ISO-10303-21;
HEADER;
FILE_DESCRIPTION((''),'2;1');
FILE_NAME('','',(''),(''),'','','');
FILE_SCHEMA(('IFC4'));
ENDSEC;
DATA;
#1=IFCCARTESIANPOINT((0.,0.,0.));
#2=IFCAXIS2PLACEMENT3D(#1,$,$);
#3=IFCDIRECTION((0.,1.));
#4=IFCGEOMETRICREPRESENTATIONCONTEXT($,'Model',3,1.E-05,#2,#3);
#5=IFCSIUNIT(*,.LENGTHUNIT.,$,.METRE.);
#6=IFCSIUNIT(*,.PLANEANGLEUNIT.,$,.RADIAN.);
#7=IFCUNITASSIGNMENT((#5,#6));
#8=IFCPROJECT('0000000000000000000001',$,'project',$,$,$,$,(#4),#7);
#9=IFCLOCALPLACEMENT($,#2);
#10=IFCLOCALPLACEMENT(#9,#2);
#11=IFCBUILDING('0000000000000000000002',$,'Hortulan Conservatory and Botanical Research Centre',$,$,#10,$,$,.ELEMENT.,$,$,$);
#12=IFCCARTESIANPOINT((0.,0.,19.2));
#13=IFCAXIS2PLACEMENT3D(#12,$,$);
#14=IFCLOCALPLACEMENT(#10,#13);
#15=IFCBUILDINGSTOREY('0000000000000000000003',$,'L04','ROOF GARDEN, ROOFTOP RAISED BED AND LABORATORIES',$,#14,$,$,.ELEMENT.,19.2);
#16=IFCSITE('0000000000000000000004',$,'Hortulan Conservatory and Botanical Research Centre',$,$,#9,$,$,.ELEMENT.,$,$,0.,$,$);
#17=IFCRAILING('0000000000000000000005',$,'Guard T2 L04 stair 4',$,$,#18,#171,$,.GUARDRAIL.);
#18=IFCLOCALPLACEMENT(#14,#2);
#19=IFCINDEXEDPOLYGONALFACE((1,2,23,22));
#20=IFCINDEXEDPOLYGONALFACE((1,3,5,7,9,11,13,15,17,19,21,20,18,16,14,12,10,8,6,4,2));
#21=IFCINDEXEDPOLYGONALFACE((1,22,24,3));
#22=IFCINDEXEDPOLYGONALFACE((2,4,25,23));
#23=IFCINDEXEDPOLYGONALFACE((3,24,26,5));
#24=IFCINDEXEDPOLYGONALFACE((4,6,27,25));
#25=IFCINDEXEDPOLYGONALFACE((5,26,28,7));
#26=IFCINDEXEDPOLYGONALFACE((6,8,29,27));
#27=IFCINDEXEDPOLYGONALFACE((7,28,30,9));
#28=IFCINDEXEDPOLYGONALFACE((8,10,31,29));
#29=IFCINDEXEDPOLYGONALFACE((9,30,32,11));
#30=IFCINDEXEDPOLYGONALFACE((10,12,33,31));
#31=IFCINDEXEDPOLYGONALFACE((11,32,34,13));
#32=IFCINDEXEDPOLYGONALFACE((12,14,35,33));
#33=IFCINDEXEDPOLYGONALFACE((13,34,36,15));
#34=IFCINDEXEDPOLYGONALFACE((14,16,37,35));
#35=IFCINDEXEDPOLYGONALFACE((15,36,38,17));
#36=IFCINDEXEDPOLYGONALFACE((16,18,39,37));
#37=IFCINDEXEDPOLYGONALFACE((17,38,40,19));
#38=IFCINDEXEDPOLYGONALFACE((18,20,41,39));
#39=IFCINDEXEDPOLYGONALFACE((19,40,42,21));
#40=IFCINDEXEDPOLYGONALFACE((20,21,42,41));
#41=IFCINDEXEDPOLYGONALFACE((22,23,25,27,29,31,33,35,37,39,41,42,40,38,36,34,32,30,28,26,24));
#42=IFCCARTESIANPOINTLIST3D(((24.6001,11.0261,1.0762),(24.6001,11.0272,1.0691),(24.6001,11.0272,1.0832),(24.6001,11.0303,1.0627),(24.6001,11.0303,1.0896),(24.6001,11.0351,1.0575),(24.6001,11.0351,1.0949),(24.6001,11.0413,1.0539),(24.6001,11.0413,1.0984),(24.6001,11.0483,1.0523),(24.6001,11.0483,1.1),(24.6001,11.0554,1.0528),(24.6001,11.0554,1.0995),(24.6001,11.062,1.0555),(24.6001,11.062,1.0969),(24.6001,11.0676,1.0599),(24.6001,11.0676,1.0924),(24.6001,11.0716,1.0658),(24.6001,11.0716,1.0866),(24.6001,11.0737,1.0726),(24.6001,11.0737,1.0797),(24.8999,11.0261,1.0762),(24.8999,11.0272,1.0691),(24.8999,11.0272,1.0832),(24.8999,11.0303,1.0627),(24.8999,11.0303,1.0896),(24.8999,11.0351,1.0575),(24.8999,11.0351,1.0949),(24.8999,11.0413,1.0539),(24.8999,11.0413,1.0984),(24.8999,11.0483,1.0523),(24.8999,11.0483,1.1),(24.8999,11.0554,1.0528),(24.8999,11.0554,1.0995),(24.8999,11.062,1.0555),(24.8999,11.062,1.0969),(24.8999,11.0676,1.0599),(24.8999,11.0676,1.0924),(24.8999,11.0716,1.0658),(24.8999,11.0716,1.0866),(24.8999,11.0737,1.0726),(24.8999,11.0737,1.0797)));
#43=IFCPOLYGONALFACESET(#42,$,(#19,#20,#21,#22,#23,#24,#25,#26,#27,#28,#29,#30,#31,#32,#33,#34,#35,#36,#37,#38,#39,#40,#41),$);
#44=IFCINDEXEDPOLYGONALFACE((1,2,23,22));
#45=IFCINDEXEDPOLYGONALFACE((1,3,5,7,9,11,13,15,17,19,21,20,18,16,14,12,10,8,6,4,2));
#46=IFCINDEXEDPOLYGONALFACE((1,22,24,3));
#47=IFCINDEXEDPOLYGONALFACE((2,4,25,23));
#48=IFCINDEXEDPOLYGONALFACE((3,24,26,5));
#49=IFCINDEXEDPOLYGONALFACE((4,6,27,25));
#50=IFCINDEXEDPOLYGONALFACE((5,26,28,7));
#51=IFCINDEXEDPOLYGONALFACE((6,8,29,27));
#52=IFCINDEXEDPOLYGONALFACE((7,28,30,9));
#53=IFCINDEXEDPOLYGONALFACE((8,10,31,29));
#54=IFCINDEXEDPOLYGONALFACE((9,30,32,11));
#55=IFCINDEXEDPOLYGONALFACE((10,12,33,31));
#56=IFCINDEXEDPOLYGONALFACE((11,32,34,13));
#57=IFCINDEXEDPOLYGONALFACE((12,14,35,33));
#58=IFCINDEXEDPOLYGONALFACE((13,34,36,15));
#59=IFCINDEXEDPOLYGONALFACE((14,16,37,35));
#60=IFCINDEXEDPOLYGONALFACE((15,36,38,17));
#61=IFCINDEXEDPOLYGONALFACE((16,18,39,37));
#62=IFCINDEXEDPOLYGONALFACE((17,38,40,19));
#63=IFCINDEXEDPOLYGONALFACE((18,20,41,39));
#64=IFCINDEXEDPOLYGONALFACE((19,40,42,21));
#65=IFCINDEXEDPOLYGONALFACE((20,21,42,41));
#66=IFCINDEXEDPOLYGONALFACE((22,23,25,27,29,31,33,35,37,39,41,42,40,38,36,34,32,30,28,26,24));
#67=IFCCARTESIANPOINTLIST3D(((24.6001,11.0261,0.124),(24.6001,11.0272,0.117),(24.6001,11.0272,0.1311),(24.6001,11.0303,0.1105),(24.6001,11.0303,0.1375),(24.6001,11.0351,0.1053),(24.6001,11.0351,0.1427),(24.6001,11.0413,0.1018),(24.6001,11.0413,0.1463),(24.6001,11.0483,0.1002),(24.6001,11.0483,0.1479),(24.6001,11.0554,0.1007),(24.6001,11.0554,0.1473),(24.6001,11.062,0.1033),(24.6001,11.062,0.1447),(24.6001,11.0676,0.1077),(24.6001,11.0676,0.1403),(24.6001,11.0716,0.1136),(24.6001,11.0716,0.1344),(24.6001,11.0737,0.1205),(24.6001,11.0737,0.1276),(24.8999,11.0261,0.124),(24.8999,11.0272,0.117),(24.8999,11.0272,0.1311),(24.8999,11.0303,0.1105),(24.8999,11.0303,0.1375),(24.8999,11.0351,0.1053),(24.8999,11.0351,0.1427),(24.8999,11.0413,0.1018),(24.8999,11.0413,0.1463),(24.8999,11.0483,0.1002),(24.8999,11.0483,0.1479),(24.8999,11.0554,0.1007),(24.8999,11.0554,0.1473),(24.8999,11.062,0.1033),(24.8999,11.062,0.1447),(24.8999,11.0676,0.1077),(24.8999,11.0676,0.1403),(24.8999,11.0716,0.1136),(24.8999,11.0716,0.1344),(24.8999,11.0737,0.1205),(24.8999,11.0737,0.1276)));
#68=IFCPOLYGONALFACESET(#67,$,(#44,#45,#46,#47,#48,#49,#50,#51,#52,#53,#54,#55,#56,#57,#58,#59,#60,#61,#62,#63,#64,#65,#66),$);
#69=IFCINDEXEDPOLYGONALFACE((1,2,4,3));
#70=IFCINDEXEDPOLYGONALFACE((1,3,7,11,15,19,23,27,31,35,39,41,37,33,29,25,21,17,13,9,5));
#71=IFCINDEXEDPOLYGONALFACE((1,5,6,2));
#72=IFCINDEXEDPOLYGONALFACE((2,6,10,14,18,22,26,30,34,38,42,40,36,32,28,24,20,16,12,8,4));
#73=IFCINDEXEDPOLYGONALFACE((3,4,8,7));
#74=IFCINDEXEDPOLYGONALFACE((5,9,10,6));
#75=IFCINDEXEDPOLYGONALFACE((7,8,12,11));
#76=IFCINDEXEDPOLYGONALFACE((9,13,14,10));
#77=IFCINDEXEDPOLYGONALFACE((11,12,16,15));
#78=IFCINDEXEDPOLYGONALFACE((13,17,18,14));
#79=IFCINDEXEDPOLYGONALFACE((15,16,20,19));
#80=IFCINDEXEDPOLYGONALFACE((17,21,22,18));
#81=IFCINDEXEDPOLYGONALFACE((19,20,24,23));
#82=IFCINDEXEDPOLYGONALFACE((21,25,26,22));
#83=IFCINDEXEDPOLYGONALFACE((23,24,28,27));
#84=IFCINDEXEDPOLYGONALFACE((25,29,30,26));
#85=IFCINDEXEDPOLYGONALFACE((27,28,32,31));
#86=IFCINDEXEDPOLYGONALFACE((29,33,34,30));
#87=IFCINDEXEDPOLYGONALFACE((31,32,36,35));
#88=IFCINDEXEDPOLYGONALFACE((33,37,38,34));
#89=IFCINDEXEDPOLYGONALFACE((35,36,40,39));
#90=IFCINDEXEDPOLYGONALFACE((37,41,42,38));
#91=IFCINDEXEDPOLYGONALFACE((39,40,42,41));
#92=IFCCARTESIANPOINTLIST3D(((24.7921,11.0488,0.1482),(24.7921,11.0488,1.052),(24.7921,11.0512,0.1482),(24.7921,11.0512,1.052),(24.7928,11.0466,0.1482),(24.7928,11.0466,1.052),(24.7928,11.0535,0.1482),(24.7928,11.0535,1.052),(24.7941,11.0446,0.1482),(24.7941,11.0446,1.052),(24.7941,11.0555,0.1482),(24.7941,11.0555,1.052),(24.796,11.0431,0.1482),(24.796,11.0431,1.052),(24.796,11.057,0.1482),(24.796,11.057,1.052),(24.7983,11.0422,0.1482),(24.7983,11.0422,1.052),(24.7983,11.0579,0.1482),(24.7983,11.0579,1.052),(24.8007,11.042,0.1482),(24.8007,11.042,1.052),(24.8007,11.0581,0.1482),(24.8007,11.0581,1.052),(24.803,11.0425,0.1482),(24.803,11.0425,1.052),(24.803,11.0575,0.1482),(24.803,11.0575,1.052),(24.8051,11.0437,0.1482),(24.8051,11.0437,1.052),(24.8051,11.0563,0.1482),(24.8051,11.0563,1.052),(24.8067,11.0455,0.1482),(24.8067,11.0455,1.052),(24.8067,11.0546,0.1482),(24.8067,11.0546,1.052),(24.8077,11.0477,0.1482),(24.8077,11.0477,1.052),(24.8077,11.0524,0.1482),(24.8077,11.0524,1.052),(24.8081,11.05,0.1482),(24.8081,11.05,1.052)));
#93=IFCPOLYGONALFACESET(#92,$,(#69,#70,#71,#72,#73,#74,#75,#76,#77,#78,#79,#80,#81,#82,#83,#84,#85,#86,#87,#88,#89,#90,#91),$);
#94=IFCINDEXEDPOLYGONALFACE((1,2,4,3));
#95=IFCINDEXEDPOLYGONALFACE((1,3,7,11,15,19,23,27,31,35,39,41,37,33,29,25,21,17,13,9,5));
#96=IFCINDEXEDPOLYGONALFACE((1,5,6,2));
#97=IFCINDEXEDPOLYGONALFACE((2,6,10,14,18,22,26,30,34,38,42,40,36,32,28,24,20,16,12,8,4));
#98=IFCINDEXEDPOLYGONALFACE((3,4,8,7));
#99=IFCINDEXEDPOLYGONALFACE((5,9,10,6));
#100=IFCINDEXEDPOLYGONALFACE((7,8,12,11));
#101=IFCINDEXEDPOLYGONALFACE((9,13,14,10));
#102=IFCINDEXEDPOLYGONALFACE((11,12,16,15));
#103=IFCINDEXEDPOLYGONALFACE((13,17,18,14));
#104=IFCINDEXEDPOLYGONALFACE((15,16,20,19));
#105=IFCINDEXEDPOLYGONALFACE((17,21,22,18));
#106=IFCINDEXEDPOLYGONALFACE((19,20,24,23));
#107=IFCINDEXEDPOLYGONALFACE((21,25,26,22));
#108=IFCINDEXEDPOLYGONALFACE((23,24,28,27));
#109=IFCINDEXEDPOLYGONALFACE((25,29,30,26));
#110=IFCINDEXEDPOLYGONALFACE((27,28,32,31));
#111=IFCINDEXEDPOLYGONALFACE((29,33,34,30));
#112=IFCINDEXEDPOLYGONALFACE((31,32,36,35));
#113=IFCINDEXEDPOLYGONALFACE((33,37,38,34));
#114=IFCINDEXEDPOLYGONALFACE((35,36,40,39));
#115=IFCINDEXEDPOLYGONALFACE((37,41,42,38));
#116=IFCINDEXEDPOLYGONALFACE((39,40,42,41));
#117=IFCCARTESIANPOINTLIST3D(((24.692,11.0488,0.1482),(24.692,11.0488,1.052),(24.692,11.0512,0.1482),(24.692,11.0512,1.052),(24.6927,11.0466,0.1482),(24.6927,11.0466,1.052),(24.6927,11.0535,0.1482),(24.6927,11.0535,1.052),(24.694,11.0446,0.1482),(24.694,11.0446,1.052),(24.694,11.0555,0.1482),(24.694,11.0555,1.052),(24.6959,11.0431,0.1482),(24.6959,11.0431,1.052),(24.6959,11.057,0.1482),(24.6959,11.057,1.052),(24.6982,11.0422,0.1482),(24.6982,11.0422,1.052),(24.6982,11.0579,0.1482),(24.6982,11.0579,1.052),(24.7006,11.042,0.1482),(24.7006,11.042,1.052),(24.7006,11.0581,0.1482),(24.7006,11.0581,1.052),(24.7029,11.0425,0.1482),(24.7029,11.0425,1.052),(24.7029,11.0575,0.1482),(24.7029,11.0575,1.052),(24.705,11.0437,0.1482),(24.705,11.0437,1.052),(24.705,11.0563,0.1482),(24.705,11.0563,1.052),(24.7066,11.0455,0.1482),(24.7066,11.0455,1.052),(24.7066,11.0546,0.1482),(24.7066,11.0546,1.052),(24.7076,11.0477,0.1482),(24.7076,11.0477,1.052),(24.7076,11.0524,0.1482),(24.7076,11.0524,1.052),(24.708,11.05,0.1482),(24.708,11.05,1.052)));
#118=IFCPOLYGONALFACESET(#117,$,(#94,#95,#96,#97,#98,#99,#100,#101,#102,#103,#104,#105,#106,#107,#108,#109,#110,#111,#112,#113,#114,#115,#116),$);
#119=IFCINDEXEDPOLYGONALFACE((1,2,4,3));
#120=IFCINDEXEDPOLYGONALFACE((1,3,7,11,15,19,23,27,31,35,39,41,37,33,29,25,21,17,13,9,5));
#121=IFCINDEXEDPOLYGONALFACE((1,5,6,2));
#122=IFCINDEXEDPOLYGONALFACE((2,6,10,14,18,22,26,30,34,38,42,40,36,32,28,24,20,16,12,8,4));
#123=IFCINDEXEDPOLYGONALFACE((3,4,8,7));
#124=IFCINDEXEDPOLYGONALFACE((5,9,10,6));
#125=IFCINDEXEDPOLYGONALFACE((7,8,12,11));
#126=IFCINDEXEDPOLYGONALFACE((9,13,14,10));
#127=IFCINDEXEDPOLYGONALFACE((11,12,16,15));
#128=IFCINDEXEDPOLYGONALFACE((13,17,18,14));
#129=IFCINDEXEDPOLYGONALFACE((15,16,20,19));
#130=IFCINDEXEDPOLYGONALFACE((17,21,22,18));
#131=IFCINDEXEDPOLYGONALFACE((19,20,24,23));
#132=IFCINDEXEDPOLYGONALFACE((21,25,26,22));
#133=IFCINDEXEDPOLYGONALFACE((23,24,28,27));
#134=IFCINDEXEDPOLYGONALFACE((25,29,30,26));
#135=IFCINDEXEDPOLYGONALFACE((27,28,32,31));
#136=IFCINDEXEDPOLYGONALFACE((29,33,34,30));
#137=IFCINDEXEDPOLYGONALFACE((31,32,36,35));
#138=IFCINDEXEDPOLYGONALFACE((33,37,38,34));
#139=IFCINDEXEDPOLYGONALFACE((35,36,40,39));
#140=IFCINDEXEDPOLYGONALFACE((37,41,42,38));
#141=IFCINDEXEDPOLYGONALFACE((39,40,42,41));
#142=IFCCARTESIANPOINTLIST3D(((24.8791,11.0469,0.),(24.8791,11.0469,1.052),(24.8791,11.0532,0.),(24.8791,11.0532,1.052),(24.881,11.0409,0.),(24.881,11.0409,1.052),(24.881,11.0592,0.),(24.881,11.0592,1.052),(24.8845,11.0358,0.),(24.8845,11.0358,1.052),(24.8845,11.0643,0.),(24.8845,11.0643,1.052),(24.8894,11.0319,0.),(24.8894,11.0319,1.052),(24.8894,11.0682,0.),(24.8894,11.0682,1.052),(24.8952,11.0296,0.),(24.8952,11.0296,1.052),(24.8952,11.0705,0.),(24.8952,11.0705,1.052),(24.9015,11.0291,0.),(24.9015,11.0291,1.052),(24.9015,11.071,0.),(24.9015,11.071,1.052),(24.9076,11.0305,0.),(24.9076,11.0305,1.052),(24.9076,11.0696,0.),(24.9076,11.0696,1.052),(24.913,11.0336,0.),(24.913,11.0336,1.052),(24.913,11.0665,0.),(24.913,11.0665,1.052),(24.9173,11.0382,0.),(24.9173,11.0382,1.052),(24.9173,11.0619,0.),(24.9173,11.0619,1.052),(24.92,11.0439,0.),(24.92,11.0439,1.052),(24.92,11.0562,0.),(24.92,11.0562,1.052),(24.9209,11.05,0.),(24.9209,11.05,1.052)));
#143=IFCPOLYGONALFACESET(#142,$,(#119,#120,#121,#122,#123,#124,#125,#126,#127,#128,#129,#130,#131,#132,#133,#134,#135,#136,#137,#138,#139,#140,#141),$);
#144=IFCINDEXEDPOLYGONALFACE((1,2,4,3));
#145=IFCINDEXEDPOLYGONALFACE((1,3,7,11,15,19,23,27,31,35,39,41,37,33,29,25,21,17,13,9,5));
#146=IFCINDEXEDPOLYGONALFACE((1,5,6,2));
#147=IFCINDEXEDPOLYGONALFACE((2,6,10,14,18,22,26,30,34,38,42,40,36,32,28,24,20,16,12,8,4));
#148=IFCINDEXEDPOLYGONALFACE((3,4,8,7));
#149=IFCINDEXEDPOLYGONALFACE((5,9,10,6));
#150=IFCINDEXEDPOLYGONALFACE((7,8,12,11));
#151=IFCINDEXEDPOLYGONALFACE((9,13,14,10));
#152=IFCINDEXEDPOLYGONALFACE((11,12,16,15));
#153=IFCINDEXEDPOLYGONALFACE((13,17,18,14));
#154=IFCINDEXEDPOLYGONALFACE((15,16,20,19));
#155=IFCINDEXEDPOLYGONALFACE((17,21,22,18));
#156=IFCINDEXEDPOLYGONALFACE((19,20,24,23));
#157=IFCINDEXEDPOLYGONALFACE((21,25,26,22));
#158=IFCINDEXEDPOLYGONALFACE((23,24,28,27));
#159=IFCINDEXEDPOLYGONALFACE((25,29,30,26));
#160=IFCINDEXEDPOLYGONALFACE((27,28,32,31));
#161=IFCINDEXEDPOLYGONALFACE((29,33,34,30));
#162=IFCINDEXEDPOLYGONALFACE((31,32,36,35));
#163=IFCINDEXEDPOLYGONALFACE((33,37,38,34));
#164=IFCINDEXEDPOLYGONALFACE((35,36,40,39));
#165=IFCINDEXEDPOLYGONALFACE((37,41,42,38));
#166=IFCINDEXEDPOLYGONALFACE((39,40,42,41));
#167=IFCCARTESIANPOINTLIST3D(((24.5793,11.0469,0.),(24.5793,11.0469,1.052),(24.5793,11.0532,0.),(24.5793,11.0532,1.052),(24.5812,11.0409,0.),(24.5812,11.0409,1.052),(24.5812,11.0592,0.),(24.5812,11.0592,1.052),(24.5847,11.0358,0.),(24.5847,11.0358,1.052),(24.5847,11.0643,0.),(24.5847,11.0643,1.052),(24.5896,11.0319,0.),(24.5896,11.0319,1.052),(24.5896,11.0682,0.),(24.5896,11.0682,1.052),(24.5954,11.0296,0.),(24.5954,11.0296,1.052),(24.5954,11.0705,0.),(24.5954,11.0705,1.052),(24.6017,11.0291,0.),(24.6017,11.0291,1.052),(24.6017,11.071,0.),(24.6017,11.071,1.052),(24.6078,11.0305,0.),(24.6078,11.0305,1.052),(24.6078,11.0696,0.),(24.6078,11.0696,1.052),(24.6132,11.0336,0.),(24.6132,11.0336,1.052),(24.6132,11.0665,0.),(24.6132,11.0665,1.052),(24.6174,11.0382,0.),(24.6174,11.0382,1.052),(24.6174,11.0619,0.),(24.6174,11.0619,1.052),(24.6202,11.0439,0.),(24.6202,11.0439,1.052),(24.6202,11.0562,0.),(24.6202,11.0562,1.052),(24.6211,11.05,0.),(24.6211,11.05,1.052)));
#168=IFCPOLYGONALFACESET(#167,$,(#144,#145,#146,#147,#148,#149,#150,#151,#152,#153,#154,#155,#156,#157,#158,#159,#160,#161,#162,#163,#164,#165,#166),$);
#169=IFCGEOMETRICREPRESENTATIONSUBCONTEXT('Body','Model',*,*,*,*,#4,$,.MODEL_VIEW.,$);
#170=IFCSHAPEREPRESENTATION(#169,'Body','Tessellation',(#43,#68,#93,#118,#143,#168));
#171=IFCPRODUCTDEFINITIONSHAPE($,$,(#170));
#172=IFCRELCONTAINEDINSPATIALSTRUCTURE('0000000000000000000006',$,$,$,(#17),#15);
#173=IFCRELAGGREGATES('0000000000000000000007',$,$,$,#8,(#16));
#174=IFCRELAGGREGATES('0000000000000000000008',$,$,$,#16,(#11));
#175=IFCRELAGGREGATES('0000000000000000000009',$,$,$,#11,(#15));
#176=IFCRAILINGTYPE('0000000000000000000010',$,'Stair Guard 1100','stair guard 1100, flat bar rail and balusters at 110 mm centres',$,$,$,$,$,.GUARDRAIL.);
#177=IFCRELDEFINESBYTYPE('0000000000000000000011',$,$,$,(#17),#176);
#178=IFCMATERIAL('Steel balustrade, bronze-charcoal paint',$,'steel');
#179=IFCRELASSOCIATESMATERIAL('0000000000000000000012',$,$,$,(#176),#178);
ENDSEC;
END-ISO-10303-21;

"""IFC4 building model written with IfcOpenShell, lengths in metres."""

from ifc_helpers import new_model, si_unit, direction, frame, origin, origin_2d, place, context, subcontext, project, spatial, circle, extrude, material, type_object, element, save


model = new_model("IFC4")

# Units and contexts
model_context = context("Model", 3, precision=1e-05, world=origin(), true_north=direction((0.0, 1.0)))
body_context = subcontext(model_context, "Body", "Model", "MODEL_VIEW")
ifc_project = project(units=[si_unit("LENGTHUNIT", "METRE"), si_unit("PLANEANGLEUNIT", "RADIAN")], contexts=[model_context])

# Site, building, storey
site_placement = place(None, origin())
site = spatial("IfcSite", under=ifc_project, at=site_placement, Name="Hortulan Conservatory and Botanical Research Centre", CompositionType="ELEMENT", RefElevation=0.0)
building_placement = place(site_placement, origin())
building = spatial("IfcBuilding", under=site, at=building_placement, Name="Hortulan Conservatory and Botanical Research Centre", CompositionType="ELEMENT")
storey_placement = place(building_placement, frame((0.0, 0.0, 19.2)))
storey = spatial("IfcBuildingStorey", under=building, at=storey_placement, Name="L04", Description="ROOF GARDEN, ROOFTOP RAISED BED AND LABORATORIES", CompositionType="ELEMENT", Elevation=19.2)

# Railing
ifc_material_1 = material(Name="Steel balustrade, bronze-charcoal paint", Category="steel")
railing_type_1 = type_object("IfcRailingType", Name="Stair Guard 1100", Description="stair guard 1100, flat bar rail and balusters at 110 mm centres", PredefinedType="GUARDRAIL", material=ifc_material_1)
railing_1_placement = place(storey_placement, frame((24.8999, 11.05, 0.0)))
element("IfcRailing", 1, at=railing_1_placement, inside=storey, type_object=railing_type_1, Name="Guard T2 L04 stair 4", PredefinedType="GUARDRAIL", context=body_context, shape_type="SweptSolid", body=[
    extrude(circle(Radius=0.0239, at=origin_2d()), frame((0.0, 0.0, 1.0762), z_axis=(-1.0, 0.0, 0.0), x_axis=(0.0, -1.0, 0.0)), (0.0, 0.0, 1.0), 0.2998),
    extrude(circle(Radius=0.0239, at=origin_2d()), frame((0.0, 0.0, 0.124), z_axis=(-1.0, 0.0, 0.0), x_axis=(0.0, -1.0, 0.0)), (0.0, 0.0, 1.0), 0.2998),
    extrude(circle(Radius=0.0081, at=origin_2d()), frame((-0.0999, 0.0, 0.1482)), (0.0, 0.0, 1.0), 0.9038),
    extrude(circle(Radius=0.0081, at=origin_2d()), frame((-0.2, 0.0, 0.1482)), (0.0, 0.0, 1.0), 0.9038),
    extrude(circle(Radius=0.021, at=origin_2d()), origin(), (0.0, 0.0, 1.0), 1.052),
    extrude(circle(Radius=0.021, at=origin_2d()), frame((-0.2998, 0.0, 0.0)), (0.0, 0.0, 1.0), 1.052),
])

save(model, "model.ifc")
